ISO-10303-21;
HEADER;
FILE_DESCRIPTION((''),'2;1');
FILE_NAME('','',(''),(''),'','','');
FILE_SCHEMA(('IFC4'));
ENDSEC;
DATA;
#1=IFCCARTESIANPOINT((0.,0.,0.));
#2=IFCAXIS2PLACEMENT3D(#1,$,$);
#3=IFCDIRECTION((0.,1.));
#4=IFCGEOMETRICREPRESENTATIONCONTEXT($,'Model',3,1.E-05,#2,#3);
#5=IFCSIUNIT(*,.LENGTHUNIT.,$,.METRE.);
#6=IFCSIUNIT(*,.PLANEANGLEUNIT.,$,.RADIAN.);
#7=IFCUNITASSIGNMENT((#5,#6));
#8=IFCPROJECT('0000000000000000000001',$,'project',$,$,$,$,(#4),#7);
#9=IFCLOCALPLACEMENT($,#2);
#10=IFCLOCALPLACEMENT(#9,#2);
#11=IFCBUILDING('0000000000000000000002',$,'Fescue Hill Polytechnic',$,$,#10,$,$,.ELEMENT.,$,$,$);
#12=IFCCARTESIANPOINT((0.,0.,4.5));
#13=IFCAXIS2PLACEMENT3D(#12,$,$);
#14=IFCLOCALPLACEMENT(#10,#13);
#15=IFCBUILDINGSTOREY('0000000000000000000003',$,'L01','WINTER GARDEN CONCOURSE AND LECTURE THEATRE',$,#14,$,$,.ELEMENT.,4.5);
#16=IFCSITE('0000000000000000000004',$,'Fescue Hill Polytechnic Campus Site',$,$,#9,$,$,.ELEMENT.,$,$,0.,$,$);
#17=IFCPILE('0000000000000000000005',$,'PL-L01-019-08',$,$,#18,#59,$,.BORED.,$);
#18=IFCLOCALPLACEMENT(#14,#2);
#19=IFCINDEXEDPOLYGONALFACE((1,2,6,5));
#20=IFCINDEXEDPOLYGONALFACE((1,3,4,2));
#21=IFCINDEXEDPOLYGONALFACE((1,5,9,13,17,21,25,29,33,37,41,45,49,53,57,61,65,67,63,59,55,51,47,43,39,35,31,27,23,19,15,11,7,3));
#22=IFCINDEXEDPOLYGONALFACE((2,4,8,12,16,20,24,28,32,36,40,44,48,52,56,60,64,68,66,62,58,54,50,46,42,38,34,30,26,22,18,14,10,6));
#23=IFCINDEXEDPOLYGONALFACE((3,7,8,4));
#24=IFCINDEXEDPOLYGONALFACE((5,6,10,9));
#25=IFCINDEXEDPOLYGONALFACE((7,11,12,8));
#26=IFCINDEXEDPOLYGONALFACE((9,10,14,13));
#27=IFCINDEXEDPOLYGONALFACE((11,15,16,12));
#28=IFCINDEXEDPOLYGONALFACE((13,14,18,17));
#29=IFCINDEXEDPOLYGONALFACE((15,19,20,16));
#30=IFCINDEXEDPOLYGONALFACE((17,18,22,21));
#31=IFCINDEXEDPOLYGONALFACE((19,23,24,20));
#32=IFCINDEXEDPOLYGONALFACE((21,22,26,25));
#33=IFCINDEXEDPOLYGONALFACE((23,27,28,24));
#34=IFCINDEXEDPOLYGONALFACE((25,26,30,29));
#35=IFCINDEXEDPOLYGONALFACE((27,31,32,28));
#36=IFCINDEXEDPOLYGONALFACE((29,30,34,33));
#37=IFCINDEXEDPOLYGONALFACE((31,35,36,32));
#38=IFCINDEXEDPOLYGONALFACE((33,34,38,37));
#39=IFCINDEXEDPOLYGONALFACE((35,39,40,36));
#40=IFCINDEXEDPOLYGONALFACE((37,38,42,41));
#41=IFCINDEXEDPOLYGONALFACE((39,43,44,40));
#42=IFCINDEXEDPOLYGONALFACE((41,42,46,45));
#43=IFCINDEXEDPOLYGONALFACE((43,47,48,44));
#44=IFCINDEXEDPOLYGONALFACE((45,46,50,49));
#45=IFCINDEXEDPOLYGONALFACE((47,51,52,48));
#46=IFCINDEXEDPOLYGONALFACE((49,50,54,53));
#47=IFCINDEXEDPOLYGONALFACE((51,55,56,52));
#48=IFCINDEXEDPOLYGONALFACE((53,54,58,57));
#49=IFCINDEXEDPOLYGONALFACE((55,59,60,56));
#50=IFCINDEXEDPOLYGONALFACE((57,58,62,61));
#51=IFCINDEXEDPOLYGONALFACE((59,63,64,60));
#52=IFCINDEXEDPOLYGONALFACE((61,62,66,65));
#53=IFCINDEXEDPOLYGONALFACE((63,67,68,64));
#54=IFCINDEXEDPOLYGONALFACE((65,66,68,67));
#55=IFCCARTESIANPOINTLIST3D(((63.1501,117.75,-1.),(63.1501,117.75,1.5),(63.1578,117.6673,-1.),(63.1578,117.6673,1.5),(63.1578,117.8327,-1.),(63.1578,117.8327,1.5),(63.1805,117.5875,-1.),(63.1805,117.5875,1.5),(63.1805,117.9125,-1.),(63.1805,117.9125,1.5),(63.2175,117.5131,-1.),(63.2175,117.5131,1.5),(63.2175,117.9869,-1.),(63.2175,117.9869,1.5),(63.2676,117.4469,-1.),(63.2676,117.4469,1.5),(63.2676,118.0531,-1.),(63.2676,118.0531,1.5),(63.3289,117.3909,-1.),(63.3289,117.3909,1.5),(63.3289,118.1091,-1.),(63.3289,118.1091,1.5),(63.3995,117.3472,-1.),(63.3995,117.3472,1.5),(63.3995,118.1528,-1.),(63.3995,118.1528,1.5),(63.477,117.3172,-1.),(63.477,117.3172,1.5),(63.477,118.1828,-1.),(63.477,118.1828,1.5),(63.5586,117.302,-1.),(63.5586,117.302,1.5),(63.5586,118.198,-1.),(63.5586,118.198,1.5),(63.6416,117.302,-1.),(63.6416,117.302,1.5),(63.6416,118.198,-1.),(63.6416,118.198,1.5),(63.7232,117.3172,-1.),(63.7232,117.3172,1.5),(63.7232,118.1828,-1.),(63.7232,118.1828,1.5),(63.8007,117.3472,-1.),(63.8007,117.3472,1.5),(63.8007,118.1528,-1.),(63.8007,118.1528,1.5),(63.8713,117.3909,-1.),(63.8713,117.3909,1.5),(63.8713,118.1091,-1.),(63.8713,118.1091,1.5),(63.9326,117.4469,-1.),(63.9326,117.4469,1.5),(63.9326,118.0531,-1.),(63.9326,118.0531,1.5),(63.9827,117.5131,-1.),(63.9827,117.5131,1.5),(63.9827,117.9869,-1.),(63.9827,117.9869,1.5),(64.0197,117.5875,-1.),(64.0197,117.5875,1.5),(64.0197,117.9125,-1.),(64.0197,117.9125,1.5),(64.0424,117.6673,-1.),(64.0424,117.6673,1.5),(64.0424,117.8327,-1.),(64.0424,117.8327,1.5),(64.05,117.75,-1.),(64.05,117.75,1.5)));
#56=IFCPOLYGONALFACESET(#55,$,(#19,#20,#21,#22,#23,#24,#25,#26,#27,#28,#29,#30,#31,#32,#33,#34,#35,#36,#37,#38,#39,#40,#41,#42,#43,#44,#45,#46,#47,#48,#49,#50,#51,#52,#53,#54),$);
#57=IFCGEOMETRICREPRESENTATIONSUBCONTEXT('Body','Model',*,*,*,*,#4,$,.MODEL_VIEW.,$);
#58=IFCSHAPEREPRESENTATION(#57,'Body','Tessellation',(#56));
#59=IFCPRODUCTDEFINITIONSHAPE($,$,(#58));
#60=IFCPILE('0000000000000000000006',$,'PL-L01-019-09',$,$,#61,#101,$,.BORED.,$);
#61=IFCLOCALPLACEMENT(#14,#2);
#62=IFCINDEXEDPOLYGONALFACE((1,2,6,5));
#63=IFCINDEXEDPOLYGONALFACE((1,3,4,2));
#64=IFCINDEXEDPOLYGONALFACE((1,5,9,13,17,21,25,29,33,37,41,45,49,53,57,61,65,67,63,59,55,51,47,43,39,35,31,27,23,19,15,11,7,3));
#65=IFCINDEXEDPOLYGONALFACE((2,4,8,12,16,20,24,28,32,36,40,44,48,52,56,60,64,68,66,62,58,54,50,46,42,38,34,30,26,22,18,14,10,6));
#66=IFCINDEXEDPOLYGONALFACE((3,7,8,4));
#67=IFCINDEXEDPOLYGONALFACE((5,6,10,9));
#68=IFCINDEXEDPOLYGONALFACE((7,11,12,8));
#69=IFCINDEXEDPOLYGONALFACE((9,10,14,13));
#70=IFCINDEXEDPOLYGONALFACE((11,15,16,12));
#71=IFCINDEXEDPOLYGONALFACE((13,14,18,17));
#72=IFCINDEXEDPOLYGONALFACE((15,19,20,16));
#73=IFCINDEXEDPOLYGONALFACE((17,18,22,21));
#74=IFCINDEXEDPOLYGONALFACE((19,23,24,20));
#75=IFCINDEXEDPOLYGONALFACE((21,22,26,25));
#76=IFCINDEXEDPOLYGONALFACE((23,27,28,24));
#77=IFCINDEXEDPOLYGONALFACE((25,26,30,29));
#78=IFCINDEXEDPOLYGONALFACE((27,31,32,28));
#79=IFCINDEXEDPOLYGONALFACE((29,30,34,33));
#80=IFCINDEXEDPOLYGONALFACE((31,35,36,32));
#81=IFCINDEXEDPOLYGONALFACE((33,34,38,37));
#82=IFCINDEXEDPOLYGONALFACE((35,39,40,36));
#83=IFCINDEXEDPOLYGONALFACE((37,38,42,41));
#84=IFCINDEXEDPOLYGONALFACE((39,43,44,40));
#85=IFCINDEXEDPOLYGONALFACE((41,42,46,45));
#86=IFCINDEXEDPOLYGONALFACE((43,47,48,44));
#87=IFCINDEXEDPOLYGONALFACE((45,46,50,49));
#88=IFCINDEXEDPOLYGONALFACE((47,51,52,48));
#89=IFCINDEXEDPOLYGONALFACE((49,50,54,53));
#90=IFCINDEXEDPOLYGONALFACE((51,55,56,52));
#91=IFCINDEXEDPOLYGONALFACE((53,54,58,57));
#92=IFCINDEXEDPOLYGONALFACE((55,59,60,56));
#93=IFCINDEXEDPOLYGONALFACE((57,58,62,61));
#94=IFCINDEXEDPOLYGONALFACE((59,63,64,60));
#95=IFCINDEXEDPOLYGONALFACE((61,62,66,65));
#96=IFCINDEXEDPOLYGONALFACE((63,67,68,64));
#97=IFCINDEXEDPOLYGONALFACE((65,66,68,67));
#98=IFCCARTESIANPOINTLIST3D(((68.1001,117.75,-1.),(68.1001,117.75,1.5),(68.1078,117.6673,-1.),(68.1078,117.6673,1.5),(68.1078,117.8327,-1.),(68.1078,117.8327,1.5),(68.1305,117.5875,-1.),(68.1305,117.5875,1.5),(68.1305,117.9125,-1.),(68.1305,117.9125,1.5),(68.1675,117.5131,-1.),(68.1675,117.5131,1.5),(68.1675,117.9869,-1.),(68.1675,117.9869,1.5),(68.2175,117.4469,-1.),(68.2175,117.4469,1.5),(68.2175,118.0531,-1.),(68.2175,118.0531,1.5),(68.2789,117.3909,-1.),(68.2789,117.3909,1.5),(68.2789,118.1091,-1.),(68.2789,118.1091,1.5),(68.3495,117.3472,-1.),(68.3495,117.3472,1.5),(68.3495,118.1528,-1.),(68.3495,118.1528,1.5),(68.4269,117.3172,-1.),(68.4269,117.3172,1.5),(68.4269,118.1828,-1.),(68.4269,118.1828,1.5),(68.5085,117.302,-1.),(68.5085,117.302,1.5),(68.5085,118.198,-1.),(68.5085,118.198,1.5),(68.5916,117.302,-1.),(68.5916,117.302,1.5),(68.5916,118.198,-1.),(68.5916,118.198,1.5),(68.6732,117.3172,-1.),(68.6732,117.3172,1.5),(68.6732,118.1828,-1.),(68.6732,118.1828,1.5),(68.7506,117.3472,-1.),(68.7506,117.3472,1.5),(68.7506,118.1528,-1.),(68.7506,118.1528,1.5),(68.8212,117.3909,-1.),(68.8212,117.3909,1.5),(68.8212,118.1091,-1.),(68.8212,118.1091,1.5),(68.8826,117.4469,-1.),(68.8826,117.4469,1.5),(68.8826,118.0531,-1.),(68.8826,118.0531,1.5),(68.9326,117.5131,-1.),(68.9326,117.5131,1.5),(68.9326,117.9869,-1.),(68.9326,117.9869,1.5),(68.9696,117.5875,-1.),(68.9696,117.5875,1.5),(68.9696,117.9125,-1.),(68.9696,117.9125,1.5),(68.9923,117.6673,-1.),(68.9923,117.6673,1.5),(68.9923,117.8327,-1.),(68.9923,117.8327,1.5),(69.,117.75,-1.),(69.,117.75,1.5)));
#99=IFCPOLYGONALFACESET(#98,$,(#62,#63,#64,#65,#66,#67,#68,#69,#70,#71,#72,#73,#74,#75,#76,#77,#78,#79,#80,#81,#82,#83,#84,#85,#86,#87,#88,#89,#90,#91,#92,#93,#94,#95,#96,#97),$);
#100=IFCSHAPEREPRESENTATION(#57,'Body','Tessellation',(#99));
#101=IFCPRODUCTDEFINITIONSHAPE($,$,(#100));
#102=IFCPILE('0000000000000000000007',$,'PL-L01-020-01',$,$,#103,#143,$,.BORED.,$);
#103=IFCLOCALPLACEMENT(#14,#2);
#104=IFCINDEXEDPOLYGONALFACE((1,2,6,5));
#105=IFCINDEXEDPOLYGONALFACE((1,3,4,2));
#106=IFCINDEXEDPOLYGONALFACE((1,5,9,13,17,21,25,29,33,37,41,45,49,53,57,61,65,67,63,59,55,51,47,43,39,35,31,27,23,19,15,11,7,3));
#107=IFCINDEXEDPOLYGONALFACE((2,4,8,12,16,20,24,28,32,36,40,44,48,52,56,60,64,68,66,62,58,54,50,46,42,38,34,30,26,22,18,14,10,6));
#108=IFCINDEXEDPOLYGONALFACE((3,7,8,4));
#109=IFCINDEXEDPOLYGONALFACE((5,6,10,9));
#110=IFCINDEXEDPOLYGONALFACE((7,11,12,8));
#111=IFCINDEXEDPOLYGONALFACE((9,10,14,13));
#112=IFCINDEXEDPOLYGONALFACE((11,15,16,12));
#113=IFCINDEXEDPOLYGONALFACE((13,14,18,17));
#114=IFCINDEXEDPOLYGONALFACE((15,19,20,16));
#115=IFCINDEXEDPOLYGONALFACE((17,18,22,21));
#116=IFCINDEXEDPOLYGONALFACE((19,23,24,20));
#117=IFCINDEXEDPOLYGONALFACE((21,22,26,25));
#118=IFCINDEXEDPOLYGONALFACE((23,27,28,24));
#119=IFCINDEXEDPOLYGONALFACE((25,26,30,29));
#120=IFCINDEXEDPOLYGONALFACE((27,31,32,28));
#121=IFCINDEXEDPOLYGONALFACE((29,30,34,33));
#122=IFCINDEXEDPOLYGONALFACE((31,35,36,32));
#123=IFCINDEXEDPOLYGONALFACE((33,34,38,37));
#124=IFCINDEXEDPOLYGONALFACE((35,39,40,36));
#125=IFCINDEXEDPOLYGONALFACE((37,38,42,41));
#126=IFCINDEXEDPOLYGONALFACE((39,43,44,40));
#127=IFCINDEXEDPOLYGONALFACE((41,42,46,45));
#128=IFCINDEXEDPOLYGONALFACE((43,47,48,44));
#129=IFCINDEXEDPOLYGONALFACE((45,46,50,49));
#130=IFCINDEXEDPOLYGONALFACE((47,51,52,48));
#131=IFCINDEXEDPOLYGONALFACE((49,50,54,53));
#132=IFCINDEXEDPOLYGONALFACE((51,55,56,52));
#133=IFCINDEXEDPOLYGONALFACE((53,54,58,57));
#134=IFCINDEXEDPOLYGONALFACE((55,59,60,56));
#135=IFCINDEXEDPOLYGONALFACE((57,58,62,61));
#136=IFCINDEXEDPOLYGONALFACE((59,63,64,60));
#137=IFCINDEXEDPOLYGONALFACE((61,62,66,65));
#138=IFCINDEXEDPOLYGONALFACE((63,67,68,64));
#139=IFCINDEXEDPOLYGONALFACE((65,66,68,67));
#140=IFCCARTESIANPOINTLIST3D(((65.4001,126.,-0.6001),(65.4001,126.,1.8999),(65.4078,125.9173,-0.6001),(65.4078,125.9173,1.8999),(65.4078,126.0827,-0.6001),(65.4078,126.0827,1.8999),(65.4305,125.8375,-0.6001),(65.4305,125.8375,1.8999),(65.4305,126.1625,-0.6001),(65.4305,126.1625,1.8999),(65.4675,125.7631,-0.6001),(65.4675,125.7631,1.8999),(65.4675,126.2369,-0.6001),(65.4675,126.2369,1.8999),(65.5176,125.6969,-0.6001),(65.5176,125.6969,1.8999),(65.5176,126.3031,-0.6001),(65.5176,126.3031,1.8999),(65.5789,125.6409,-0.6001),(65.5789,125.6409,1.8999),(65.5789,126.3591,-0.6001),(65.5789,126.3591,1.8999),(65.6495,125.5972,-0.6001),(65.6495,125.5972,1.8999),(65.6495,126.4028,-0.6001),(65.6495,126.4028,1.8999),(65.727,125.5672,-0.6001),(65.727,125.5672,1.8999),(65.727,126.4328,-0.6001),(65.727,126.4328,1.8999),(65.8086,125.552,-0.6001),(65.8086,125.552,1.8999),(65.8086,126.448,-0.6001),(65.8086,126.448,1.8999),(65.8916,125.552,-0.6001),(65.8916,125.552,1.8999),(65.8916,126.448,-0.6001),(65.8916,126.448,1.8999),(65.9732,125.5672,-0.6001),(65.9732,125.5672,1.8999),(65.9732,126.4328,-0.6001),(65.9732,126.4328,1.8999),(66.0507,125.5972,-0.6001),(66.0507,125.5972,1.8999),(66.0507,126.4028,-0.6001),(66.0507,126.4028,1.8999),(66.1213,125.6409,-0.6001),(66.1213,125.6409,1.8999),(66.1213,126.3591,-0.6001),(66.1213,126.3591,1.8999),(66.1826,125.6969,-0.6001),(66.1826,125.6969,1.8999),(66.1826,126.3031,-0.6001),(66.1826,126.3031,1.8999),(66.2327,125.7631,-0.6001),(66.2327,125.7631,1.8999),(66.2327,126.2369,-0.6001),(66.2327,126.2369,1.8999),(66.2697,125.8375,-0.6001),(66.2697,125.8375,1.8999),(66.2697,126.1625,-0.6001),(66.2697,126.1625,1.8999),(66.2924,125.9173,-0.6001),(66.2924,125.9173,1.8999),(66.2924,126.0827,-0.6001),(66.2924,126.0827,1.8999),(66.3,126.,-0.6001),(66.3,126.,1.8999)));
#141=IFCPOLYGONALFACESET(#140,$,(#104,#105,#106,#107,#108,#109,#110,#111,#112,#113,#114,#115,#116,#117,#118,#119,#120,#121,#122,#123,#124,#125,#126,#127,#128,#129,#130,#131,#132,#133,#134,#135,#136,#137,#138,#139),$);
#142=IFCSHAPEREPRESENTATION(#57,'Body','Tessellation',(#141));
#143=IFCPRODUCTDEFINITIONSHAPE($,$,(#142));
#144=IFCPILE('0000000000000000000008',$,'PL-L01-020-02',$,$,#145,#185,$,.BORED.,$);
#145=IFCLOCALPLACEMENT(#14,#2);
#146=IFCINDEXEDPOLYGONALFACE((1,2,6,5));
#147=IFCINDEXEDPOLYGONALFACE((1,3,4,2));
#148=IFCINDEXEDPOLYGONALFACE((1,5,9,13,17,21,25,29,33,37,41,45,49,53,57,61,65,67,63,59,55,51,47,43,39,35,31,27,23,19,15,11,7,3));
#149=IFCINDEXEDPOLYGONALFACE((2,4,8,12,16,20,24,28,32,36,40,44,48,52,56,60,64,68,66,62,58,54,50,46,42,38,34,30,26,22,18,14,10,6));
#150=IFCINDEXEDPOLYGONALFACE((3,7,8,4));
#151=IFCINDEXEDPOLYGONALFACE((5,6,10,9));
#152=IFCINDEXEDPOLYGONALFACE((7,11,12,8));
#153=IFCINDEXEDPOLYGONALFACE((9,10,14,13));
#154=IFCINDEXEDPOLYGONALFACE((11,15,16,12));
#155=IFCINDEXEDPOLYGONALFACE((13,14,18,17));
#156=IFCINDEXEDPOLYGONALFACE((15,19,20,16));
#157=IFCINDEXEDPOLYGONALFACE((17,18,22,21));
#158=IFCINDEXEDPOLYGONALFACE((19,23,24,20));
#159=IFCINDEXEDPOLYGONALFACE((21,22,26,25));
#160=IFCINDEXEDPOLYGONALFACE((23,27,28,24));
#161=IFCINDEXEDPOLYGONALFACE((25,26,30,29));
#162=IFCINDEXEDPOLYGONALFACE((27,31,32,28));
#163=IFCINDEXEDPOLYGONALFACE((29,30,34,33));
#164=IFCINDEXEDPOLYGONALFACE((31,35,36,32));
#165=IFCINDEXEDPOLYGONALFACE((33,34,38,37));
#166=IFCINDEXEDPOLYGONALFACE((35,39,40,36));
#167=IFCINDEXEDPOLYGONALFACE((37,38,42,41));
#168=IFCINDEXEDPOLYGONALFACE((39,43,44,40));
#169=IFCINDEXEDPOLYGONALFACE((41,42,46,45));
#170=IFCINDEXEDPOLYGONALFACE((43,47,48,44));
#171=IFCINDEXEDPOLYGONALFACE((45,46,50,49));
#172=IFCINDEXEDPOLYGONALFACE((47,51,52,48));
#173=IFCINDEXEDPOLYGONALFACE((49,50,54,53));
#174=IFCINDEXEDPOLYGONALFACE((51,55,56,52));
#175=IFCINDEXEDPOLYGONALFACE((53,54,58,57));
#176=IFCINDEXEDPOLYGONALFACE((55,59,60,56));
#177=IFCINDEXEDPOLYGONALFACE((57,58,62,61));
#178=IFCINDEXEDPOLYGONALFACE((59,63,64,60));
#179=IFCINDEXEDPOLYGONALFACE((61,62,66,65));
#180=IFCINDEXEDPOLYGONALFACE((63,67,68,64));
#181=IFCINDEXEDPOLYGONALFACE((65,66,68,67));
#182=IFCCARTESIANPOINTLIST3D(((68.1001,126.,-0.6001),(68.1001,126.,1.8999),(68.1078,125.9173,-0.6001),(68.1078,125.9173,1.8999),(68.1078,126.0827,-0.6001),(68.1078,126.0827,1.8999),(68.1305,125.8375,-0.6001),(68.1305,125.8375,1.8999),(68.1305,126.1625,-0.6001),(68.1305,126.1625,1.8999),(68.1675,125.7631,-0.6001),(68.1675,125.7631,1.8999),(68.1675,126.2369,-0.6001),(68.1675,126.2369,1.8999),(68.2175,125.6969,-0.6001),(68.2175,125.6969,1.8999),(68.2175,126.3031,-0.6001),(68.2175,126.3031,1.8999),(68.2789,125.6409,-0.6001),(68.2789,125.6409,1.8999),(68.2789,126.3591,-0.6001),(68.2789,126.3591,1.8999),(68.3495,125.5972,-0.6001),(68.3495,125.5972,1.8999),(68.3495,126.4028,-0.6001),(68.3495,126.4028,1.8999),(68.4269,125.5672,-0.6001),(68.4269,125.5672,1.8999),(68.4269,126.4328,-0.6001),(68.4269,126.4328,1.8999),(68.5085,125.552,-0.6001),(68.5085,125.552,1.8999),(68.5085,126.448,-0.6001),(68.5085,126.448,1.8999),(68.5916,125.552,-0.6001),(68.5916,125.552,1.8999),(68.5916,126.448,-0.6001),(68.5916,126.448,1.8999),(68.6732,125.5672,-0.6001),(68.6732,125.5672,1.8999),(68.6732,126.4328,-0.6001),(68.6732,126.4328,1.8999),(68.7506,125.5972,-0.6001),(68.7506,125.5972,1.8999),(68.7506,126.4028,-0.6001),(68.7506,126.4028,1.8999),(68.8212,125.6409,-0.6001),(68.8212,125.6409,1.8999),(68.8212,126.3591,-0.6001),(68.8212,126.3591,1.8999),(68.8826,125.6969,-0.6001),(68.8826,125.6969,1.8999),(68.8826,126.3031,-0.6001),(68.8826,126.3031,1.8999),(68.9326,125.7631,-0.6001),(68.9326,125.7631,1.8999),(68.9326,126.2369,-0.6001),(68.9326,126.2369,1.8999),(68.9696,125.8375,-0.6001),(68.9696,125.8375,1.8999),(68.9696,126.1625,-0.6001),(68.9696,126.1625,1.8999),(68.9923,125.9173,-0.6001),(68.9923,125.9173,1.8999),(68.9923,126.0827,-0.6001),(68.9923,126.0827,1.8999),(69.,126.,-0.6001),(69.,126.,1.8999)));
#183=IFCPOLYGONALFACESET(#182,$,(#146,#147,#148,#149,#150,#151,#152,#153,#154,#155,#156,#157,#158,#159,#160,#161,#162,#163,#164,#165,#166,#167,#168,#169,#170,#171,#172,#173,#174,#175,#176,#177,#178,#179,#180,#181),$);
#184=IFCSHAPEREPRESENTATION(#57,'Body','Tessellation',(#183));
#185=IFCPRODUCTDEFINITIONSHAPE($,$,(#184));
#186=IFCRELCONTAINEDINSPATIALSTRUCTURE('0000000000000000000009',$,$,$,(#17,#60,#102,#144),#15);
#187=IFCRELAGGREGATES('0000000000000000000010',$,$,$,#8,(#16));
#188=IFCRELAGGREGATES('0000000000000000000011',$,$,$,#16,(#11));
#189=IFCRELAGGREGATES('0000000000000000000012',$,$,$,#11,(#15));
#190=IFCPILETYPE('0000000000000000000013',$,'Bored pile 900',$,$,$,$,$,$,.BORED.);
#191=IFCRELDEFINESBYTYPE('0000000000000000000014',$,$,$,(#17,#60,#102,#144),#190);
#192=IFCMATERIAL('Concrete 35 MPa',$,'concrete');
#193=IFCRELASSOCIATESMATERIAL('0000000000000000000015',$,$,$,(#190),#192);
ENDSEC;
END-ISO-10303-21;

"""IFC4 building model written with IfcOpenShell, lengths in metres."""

from ifc_helpers import new_model, si_unit, direction, frame, origin, origin_2d, place, context, subcontext, project, spatial, circle, extrude, material, material_profile, profile_set, type_object, element, save


model = new_model("IFC4")

# Units and contexts
model_context = context("Model", 3, precision=1e-05, world=origin(), true_north=direction((0.0, 1.0)))
body_context = subcontext(model_context, "Body", "Model", "MODEL_VIEW")
ifc_project = project(units=[si_unit("LENGTHUNIT", "METRE"), si_unit("PLANEANGLEUNIT", "RADIAN")], contexts=[model_context])

# Site, building, storey
site_placement = place(None, origin())
site = spatial("IfcSite", under=ifc_project, at=site_placement, Name="Fescue Hill Polytechnic Campus Site", CompositionType="ELEMENT", RefElevation=0.0)
building_placement = place(site_placement, origin())
building = spatial("IfcBuilding", under=site, at=building_placement, Name="Fescue Hill Polytechnic", CompositionType="ELEMENT")
storey_placement = place(building_placement, frame((0.0, 0.0, 4.5)))
storey = spatial("IfcBuildingStorey", under=building, at=storey_placement, Name="L01", Description="WINTER GARDEN CONCOURSE AND LECTURE THEATRE", CompositionType="ELEMENT", Elevation=4.5)

# Piles
ifc_material_1 = material(Name="Concrete 35 MPa", Category="concrete")
ifc_material_profile_1 = material_profile(ifc_material_1, circle(Radius=0.45, at=origin_2d()), Name="Bored pile 900")
ifc_profile_set_1 = profile_set([ifc_material_profile_1], Name="Concrete 35 MPa")
pile_type = type_object("IfcPileType", Name="Bored pile 900", PredefinedType="BORED", material=ifc_profile_set_1)
for number, where, z_axis, x_axis, name in (
    (1, (63.6001, 117.75, 1.5), (0.0, 0.0, -1.0), (1.0, 0.0, 0.0), "PL-L01-019-08"),
    (2, (68.55, 117.75, 1.5), (0.0, 0.0, -1.0), (1.0, 0.0, 0.0), "PL-L01-019-09"),
    (3, (65.8501, 126.0, 1.8999), (0.0, 0.0, -1.0), (1.0, 0.0, 0.0), "PL-L01-020-01"),
    (4, (68.55, 126.0, 1.8999), (0.0, 0.0, -1.0), (1.0, 0.0, 0.0), "PL-L01-020-02"),
):
    element("IfcPile", number, at=place(storey_placement, frame(where, z_axis=z_axis, x_axis=x_axis)), inside=storey, type_object=pile_type, Name=name, PredefinedType="BORED", context=body_context, shape_type="SweptSolid", body=[
        extrude(circle(Radius=0.45, at=origin_2d()), origin(), (0.0, 0.0, 1.0), 2.5),
    ])

save(model, "model.ifc")
